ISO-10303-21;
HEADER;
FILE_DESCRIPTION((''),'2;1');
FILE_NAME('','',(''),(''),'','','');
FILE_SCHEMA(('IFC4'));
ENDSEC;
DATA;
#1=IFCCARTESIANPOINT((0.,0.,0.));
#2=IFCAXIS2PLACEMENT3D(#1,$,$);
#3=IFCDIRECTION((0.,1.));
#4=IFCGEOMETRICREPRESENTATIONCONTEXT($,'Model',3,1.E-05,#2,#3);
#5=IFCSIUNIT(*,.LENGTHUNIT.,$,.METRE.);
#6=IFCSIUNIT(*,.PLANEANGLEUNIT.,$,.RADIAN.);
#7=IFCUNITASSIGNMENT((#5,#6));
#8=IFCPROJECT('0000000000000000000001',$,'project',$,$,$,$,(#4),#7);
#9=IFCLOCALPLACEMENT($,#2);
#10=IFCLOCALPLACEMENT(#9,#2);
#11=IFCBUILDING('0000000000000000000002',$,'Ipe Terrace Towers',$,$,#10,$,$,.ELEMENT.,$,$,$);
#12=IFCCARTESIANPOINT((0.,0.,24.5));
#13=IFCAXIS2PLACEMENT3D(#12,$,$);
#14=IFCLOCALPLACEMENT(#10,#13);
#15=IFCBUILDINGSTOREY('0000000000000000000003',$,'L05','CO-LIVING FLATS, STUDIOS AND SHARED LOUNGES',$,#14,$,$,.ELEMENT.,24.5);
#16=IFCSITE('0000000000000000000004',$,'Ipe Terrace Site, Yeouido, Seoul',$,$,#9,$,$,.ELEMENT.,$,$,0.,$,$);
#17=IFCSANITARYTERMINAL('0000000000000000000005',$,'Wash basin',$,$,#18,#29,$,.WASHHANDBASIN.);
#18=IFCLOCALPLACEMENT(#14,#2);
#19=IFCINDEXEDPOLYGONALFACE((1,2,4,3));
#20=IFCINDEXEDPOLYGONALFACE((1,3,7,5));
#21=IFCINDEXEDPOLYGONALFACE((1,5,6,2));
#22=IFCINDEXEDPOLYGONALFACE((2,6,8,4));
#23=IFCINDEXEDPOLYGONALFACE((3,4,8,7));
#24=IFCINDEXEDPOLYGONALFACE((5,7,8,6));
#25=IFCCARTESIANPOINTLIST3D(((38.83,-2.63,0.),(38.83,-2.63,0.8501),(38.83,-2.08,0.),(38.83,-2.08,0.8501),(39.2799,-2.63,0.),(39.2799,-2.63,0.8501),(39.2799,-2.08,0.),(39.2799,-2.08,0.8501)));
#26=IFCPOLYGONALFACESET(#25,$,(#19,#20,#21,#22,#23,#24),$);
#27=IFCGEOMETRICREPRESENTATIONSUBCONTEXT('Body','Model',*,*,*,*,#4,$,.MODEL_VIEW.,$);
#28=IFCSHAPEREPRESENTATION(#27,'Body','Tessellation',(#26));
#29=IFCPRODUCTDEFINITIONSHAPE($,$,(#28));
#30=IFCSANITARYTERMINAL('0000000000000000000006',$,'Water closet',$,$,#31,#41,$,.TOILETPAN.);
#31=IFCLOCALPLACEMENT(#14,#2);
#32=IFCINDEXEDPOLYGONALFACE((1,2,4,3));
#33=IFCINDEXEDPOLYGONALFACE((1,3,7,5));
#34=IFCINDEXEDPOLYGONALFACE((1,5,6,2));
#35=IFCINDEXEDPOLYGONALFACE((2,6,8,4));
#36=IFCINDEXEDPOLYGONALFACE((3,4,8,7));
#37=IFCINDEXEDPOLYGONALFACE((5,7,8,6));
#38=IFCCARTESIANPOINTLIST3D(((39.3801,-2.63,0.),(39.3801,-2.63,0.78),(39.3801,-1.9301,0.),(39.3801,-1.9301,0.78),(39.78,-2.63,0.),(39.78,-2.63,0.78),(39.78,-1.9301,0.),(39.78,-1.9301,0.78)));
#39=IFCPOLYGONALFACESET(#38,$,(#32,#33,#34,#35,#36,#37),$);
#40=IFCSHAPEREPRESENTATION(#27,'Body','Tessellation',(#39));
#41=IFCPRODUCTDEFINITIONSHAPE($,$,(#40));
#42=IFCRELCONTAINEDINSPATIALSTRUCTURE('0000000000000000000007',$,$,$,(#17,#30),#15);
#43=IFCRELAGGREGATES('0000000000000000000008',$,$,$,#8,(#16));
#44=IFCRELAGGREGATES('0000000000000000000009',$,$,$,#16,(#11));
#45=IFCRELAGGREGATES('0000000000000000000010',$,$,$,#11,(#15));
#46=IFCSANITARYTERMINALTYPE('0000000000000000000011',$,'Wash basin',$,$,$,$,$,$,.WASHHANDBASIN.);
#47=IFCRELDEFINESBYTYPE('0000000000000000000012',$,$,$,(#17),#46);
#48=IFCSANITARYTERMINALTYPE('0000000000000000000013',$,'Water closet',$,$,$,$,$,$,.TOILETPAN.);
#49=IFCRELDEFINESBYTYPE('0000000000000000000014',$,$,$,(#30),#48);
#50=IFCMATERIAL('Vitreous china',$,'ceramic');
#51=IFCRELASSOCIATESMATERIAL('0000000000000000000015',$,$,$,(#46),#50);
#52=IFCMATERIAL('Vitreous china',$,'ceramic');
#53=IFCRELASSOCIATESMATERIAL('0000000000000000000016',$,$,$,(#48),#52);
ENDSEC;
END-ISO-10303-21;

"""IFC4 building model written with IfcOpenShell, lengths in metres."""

from ifc_helpers import new_model, si_unit, direction, frame, origin, origin_2d, place, context, subcontext, project, spatial, rectangle, extrude, material, type_object, element, save


model = new_model("IFC4")

# Units and contexts
model_context = context("Model", 3, precision=1e-05, world=origin(), true_north=direction((0.0, 1.0)))
body_context = subcontext(model_context, "Body", "Model", "MODEL_VIEW")
ifc_project = project(units=[si_unit("LENGTHUNIT", "METRE"), si_unit("PLANEANGLEUNIT", "RADIAN")], contexts=[model_context])

# Site, building, storey
site_placement = place(None, origin())
site = spatial("IfcSite", under=ifc_project, at=site_placement, Name="Ipe Terrace Site, Yeouido, Seoul", CompositionType="ELEMENT", RefElevation=0.0)
building_placement = place(site_placement, origin())
building = spatial("IfcBuilding", under=site, at=building_placement, Name="Ipe Terrace Towers", CompositionType="ELEMENT")
storey_placement = place(building_placement, frame((0.0, 0.0, 24.5)))
storey = spatial("IfcBuildingStorey", under=building, at=storey_placement, Name="L05", Description="CO-LIVING FLATS, STUDIOS AND SHARED LOUNGES", CompositionType="ELEMENT", Elevation=24.5)

# Sanitary terminals
ifc_material_1 = material(Name="Vitreous china", Category="ceramic")
sanitary_terminal_type_1 = type_object("IfcSanitaryTerminalType", Name="Wash basin", PredefinedType="WASHHANDBASIN", material=ifc_material_1)
sanitary_terminal_1_placement = place(storey_placement, frame((39.0549, -2.355, 0.0), z_axis=(0.0, 0.0, 1.0), x_axis=(0.0, 1.0, 0.0)))
element("IfcSanitaryTerminal", 1, at=sanitary_terminal_1_placement, inside=storey, type_object=sanitary_terminal_type_1, Name="Wash basin", PredefinedType="WASHHANDBASIN", context=body_context, shape_type="SweptSolid", body=[
    extrude(rectangle(XDim=0.55, YDim=0.45, at=origin_2d()), origin(), (0.0, 0.0, 1.0), 0.8501),
])
ifc_material_2 = material(Name="Vitreous china", Category="ceramic")
sanitary_terminal_type_2 = type_object("IfcSanitaryTerminalType", Name="Water closet", PredefinedType="TOILETPAN", material=ifc_material_2)
sanitary_terminal_2_placement = place(storey_placement, frame((39.5801, -2.28, 0.0), z_axis=(0.0, 0.0, 1.0), x_axis=(0.0, 1.0, 0.0)))
element("IfcSanitaryTerminal", 2, at=sanitary_terminal_2_placement, inside=storey, type_object=sanitary_terminal_type_2, Name="Water closet", PredefinedType="TOILETPAN", context=body_context, shape_type="SweptSolid", body=[
    extrude(rectangle(XDim=0.7, YDim=0.3999, at=origin_2d()), origin(), (0.0, 0.0, 1.0), 0.78),
])

save(model, "model.ifc")
